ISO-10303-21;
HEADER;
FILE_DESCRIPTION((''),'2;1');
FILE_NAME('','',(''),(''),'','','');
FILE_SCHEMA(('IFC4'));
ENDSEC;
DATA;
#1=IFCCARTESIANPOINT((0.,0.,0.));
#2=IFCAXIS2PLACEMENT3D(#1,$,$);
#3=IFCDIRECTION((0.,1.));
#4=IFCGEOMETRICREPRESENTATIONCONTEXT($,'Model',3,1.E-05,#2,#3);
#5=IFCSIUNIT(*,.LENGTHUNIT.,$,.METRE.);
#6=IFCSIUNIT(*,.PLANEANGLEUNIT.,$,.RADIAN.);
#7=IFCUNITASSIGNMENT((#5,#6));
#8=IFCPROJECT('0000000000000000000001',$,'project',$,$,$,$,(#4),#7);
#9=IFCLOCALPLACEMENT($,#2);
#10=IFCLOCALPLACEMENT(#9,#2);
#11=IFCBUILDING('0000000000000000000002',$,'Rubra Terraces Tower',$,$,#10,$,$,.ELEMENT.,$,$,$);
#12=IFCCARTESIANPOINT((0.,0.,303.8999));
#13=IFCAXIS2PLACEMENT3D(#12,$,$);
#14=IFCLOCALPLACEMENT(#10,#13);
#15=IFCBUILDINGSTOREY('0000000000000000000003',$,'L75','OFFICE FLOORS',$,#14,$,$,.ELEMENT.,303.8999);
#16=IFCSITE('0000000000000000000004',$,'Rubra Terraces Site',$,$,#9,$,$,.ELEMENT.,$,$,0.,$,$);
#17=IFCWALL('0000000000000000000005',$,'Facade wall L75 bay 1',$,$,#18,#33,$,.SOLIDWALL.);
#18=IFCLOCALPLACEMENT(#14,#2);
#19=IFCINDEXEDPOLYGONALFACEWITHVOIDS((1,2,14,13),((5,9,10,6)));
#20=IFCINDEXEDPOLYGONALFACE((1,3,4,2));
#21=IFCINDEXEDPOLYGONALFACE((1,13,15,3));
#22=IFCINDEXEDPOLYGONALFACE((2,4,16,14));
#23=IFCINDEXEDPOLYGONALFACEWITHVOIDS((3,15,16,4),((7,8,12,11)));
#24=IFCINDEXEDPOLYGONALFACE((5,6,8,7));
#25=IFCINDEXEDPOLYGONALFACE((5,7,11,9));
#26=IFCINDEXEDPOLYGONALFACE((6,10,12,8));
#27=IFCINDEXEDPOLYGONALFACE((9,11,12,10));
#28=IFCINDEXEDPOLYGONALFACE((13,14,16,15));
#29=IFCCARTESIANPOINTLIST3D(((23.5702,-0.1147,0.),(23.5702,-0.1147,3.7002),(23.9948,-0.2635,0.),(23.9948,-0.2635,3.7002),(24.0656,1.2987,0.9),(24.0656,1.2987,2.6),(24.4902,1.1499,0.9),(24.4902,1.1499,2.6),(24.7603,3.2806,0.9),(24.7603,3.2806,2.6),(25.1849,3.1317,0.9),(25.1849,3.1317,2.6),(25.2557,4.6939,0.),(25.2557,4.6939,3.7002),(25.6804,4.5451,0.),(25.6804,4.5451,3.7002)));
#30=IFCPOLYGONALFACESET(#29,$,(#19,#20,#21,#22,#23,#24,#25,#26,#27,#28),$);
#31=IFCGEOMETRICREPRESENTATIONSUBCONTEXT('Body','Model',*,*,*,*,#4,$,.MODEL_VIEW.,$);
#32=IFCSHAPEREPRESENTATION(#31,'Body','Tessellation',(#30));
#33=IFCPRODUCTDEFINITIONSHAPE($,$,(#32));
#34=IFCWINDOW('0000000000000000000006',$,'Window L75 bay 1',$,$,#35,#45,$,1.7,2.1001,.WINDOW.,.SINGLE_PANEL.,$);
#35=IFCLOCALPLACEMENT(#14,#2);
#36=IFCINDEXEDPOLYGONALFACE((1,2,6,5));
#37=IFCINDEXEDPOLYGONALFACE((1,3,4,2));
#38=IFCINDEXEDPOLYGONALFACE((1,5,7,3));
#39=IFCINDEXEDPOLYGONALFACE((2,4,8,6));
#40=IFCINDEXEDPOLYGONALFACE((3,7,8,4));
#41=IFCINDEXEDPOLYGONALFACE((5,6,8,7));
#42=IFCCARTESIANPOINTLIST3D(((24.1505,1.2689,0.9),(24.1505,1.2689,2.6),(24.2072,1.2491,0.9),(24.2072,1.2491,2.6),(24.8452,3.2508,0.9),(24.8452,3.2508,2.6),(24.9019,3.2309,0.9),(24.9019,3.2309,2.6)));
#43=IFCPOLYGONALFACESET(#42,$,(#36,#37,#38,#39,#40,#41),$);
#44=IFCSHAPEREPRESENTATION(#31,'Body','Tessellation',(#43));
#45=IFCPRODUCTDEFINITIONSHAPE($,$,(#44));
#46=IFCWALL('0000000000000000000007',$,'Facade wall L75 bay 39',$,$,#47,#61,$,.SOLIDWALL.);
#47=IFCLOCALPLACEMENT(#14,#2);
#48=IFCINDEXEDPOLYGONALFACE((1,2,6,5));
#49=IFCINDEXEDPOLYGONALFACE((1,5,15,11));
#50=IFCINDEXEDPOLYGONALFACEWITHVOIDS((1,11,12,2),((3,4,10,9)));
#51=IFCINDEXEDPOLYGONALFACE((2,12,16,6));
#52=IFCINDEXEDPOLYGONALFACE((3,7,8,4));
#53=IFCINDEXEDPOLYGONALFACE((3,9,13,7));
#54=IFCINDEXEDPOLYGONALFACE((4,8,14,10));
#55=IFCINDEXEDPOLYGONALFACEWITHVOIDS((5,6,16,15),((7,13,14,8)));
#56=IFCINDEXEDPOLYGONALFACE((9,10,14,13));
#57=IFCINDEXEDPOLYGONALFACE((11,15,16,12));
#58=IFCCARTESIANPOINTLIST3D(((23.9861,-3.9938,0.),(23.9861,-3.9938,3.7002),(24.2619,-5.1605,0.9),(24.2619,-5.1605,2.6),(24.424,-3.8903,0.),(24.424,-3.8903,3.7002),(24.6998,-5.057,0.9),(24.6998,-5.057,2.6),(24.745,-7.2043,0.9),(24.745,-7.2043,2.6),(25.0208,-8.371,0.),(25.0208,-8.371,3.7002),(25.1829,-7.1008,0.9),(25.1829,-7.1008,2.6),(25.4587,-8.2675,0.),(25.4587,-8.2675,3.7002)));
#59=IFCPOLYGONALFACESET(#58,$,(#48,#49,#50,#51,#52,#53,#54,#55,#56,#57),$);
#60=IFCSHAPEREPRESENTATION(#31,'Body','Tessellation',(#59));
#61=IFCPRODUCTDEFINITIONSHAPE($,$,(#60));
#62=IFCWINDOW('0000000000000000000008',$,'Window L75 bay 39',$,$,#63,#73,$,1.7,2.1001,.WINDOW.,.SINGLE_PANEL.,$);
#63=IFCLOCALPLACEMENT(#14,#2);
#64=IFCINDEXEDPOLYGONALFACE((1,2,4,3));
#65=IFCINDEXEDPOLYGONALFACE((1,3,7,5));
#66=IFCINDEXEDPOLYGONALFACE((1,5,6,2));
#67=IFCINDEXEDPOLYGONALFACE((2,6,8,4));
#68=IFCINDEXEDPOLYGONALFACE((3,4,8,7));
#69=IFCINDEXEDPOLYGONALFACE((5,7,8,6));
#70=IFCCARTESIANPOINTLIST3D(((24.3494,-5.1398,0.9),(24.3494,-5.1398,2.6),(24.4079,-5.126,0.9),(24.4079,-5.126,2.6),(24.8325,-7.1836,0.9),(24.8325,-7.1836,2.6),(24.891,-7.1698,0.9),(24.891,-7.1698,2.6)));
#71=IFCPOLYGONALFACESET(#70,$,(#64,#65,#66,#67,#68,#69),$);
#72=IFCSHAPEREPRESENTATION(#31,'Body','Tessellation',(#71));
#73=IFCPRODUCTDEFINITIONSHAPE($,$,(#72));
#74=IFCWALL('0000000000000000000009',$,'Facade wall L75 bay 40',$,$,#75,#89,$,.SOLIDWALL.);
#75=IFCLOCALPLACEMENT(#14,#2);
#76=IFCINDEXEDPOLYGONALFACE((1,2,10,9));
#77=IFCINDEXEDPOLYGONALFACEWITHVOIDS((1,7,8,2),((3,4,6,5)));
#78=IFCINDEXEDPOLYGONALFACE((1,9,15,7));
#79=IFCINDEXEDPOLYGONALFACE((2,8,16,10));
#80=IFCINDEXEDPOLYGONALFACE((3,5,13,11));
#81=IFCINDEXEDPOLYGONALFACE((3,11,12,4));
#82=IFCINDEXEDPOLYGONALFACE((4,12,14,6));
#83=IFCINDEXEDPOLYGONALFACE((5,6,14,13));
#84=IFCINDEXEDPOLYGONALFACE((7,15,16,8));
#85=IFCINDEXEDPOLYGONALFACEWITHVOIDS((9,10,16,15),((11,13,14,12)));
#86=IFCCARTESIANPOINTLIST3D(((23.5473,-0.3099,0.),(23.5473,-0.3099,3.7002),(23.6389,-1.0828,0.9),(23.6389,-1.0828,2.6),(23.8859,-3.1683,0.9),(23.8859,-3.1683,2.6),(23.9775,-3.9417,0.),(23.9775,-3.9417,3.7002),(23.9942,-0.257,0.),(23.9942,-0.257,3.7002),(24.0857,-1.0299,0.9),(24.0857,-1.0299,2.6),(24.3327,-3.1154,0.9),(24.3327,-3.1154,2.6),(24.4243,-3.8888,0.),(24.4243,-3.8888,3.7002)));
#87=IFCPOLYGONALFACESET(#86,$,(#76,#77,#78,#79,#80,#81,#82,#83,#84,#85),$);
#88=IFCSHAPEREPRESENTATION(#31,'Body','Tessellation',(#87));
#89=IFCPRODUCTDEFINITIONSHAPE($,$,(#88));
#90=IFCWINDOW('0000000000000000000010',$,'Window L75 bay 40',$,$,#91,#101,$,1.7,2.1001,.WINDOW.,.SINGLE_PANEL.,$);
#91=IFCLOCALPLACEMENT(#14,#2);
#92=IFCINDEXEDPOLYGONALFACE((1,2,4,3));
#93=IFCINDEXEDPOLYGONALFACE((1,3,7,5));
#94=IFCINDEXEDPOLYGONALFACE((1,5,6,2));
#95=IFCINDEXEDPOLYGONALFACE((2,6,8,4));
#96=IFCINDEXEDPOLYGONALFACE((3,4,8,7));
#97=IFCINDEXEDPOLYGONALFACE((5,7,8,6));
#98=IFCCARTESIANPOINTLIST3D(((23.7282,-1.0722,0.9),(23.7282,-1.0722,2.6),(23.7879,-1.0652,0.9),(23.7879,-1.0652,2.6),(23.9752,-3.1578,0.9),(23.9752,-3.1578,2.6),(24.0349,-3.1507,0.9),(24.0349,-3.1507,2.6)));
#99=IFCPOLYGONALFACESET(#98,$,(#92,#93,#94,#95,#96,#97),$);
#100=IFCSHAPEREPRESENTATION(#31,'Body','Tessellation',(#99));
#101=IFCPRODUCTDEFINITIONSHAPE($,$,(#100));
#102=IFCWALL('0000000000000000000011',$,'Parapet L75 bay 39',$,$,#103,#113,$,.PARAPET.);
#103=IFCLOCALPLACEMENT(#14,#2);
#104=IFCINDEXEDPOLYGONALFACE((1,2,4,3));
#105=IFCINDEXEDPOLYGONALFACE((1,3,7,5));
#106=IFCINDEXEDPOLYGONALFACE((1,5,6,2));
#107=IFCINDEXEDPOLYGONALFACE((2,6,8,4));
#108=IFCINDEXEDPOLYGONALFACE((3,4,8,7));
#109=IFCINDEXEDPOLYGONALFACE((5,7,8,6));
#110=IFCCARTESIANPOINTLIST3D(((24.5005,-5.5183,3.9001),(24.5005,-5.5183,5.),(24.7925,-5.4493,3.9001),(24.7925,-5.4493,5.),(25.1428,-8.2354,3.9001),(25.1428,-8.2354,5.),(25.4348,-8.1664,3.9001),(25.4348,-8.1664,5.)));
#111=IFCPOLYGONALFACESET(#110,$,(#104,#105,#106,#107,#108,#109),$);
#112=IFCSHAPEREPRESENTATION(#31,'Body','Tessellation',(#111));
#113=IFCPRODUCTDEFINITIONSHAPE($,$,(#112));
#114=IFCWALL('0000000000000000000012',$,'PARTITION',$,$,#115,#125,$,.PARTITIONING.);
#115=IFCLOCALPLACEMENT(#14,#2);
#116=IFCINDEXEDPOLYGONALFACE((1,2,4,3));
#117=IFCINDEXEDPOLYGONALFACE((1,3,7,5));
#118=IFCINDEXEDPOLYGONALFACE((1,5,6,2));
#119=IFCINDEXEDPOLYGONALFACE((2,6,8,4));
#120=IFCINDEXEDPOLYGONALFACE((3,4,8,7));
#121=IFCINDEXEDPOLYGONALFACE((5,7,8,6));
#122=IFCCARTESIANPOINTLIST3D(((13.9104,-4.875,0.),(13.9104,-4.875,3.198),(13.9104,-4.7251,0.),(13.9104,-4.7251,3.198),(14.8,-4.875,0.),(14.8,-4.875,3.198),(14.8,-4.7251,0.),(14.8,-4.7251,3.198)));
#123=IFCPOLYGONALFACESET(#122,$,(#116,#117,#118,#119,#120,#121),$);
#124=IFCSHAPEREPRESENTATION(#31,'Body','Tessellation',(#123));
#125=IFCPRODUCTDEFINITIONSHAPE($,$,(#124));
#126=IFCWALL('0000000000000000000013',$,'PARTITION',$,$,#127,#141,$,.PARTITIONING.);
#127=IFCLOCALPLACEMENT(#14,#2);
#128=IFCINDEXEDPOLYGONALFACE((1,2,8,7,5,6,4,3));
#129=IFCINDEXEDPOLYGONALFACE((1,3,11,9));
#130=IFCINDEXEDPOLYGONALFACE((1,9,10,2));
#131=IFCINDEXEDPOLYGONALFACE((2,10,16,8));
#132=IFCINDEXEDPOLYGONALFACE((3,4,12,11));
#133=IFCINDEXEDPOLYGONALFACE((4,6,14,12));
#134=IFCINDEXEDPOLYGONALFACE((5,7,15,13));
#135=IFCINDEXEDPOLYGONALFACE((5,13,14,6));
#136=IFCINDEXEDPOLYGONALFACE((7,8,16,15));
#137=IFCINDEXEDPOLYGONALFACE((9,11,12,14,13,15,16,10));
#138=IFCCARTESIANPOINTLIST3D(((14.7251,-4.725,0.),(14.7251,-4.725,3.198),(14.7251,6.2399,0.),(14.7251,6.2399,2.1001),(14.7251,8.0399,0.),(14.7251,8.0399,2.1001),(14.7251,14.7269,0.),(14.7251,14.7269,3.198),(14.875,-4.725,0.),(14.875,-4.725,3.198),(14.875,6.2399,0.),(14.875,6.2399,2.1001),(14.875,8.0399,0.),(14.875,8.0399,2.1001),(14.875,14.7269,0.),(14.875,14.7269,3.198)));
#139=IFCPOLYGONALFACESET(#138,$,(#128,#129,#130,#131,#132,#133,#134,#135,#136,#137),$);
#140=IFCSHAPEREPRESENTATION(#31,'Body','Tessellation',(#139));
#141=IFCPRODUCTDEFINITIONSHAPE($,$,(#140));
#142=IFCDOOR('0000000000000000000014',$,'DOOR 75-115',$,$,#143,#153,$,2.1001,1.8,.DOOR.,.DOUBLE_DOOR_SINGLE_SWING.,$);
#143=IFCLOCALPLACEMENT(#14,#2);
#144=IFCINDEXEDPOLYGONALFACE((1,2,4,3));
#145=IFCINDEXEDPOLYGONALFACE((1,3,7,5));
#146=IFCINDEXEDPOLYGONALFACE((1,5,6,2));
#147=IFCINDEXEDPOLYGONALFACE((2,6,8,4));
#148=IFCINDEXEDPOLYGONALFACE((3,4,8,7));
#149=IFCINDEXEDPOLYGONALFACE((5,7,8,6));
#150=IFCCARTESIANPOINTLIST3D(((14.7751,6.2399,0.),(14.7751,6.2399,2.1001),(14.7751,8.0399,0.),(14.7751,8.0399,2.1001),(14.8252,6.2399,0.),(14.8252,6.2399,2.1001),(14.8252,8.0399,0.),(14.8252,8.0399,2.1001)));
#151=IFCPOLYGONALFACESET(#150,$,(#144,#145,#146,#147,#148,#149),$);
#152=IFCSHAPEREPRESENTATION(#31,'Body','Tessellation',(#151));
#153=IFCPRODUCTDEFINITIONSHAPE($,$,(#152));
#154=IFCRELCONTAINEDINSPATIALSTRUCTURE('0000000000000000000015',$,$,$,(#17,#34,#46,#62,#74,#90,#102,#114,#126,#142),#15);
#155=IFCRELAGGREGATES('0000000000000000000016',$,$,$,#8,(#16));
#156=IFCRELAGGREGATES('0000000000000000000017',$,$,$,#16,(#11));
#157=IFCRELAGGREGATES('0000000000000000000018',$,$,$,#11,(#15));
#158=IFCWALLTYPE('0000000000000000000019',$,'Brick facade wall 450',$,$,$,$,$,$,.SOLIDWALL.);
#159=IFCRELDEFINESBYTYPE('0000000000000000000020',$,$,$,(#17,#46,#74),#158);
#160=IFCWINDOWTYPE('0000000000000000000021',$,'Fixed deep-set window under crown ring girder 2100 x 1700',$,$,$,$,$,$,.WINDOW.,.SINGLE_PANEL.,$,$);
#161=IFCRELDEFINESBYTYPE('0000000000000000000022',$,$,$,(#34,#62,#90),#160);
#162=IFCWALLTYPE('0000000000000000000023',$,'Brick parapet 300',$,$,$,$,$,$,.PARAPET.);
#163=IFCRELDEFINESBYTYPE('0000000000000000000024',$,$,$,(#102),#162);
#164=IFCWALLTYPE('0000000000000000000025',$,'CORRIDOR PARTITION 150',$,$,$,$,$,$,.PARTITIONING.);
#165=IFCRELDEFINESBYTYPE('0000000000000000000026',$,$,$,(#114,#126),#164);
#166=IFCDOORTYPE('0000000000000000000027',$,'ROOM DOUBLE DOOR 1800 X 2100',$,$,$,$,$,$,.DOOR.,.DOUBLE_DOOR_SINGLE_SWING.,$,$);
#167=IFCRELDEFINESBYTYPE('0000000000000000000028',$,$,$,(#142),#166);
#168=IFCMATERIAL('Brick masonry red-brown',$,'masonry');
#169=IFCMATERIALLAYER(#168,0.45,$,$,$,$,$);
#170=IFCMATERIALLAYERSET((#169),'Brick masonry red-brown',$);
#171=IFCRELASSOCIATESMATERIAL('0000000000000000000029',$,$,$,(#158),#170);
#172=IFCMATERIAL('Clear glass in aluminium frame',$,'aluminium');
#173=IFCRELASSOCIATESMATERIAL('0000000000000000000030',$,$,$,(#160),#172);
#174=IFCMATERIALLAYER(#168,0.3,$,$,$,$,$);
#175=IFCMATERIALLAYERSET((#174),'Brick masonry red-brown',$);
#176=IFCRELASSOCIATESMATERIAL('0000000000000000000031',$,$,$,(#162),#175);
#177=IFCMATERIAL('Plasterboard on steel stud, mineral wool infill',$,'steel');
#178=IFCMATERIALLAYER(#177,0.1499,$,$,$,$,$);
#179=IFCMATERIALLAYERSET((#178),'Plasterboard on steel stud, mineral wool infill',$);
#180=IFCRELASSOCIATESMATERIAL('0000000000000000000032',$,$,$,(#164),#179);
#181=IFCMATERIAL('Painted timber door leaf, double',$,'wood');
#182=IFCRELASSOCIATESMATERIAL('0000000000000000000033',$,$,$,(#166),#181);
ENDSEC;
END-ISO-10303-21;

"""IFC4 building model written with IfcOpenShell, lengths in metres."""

from ifc_helpers import new_model, si_unit, direction, frame, frame_2d, origin, place, context, subcontext, project, spatial, rectangle, extrude, material, layer, layer_set, type_object, element, fill, save


model = new_model("IFC4")

# Units and contexts
model_context = context("Model", 3, precision=1e-05, world=origin(), true_north=direction((0.0, 1.0)))
body_context = subcontext(model_context, "Body", "Model", "MODEL_VIEW")
ifc_project = project(units=[si_unit("LENGTHUNIT", "METRE"), si_unit("PLANEANGLEUNIT", "RADIAN")], contexts=[model_context])

# Site, building, storey
site_placement = place(None, origin())
site = spatial("IfcSite", under=ifc_project, at=site_placement, Name="Rubra Terraces Site", CompositionType="ELEMENT", RefElevation=0.0)
building_placement = place(site_placement, origin())
building = spatial("IfcBuilding", under=site, at=building_placement, Name="Rubra Terraces Tower", CompositionType="ELEMENT")
storey_placement = place(building_placement, frame((0.0, 0.0, 303.8999)))
storey = spatial("IfcBuildingStorey", under=building, at=storey_placement, Name="L75", Description="OFFICE FLOORS", CompositionType="ELEMENT", Elevation=303.8999)

# Walls, openings, windows
ifc_material_1 = material(Name="Brick masonry red-brown", Category="masonry")
ifc_layer_1 = layer(ifc_material_1, 0.45)
ifc_layer_set_1 = layer_set([ifc_layer_1], Name="Brick masonry red-brown")
wall_type_1 = type_object("IfcWallType", Name="Brick facade wall 450", PredefinedType="SOLIDWALL", material=ifc_layer_set_1)
wall_1_placement = place(storey_placement, frame((23.7825, -0.1892, 0.0), z_axis=(0.0, 0.0, 1.0), x_axis=(0.330794, 0.943703, 0.0)))
wall_1 = element("IfcWall", 1, at=wall_1_placement, inside=storey, type_object=wall_type_1, Name="Facade wall L75 bay 1", PredefinedType="SOLIDWALL", context=body_context, shape_type="SweptSolid", body=[
    extrude(rectangle(XDim=5.0955, YDim=0.45, at=frame_2d((2.5479, 0.0))), origin(), (0.0, 0.0, 1.0), 3.7002),
])
opening_1_placement = place(wall_1_placement, frame((1.4978, 0.0, 0.8999)))
opening_1 = element("IfcOpeningElement", 2, at=opening_1_placement, cuts=wall_1, PredefinedType="OPENING", context=body_context, shape_type="SweptSolid", body=[
    extrude(rectangle(XDim=2.1001, YDim=1.7, at=frame_2d((1.05, 0.8501))), frame((0.0, 0.2349, 0.0), z_axis=(0.0, -1.0, 0.0), x_axis=(1.0, 0.0, 0.0)), (0.0, 0.0, 1.0), 0.47),
])
ifc_material_2 = material(Name="Clear glass in aluminium frame", Category="aluminium")
window_type = type_object("IfcWindowType", Name="Fixed deep-set window under crown ring girder 2100 x 1700", PartitioningType="SINGLE_PANEL", PredefinedType="WINDOW", material=ifc_material_2)
window_1_placement = place(opening_1_placement, origin())
window_1 = element("IfcWindow", 3, at=window_1_placement, inside=storey, type_object=window_type, Name="Window L75 bay 1", OverallHeight=1.7, OverallWidth=2.1001, PartitioningType="SINGLE_PANEL", PredefinedType="WINDOW", context=body_context, shape_type="SweptSolid", body=[
    extrude(rectangle(XDim=2.1001, YDim=1.7, at=frame_2d((1.05, 0.8501))), frame((0.0, 0.135, 0.0), z_axis=(0.0, -1.0, 0.0), x_axis=(1.0, 0.0, 0.0)), (0.0, 0.0, 1.0), 0.0601),
])
fill(opening_1, window_1)
wall_2_placement = place(storey_placement, frame((25.2397, -8.3193, 0.0), z_axis=(0.0, 0.0, 1.0), x_axis=(-0.230038, 0.973182, 0.0)))
wall_2 = element("IfcWall", 4, at=wall_2_placement, inside=storey, type_object=wall_type_1, Name="Facade wall L75 bay 39", PredefinedType="SOLIDWALL", context=body_context, shape_type="SweptSolid", body=[
    extrude(rectangle(XDim=4.4978, YDim=0.45, at=frame_2d((2.249, 0.0))), origin(), (0.0, 0.0, 1.0), 3.7002),
])
opening_2_placement = place(wall_2_placement, frame((1.199, 0.0, 0.8999)))
opening_2 = element("IfcOpeningElement", 5, at=opening_2_placement, cuts=wall_2, PredefinedType="OPENING", context=body_context, shape_type="SweptSolid", body=[
    extrude(rectangle(XDim=2.1001, YDim=1.7, at=frame_2d((1.05, 0.8501))), frame((0.0, 0.2349, 0.0), z_axis=(0.0, -1.0, 0.0), x_axis=(1.0, 0.0, 0.0)), (0.0, 0.0, 1.0), 0.47),
])
window_2_placement = place(opening_2_placement, origin())
window_2 = element("IfcWindow", 6, at=window_2_placement, inside=storey, type_object=window_type, Name="Window L75 bay 39", OverallHeight=1.7, OverallWidth=2.1001, PartitioningType="SINGLE_PANEL", PredefinedType="WINDOW", context=body_context, shape_type="SweptSolid", body=[
    extrude(rectangle(XDim=2.1001, YDim=1.7, at=frame_2d((1.05, 0.8501))), frame((0.0, 0.135, 0.0), z_axis=(0.0, -1.0, 0.0), x_axis=(1.0, 0.0, 0.0)), (0.0, 0.0, 1.0), 0.0601),
])
fill(opening_2, window_2)
wall_3_placement = place(storey_placement, frame((24.2009, -3.9153, 0.0), z_axis=(0.0, 0.0, 1.0), x_axis=(-0.117624, 0.993058, 0.0)))
wall_3 = element("IfcWall", 7, at=wall_3_placement, inside=storey, type_object=wall_type_1, Name="Facade wall L75 bay 40", PredefinedType="SOLIDWALL", context=body_context, shape_type="SweptSolid", body=[
    extrude(rectangle(XDim=3.6572, YDim=0.45, at=frame_2d((1.8286, 0.0))), origin(), (0.0, 0.0, 1.0), 3.7002),
])
opening_3_placement = place(wall_3_placement, frame((0.7788, 0.0, 0.8999)))
opening_3 = element("IfcOpeningElement", 8, at=opening_3_placement, cuts=wall_3, PredefinedType="OPENING", context=body_context, shape_type="SweptSolid", body=[
    extrude(rectangle(XDim=2.1001, YDim=1.7, at=frame_2d((1.05, 0.8501))), frame((0.0, 0.2349, 0.0), z_axis=(0.0, -1.0, 0.0), x_axis=(1.0, 0.0, 0.0)), (0.0, 0.0, 1.0), 0.47),
])
window_3_placement = place(opening_3_placement, origin())
window_3 = element("IfcWindow", 9, at=window_3_placement, inside=storey, type_object=window_type, Name="Window L75 bay 40", OverallHeight=1.7, OverallWidth=2.1001, PartitioningType="SINGLE_PANEL", PredefinedType="WINDOW", context=body_context, shape_type="SweptSolid", body=[
    extrude(rectangle(XDim=2.1001, YDim=1.7, at=frame_2d((1.05, 0.8501))), frame((0.0, 0.135, 0.0), z_axis=(0.0, -1.0, 0.0), x_axis=(1.0, 0.0, 0.0)), (0.0, 0.0, 1.0), 0.0601),
])
fill(opening_3, window_3)

# Walls
ifc_layer_2 = layer(ifc_material_1, 0.3)
ifc_layer_set_2 = layer_set([ifc_layer_2], Name="Brick masonry red-brown")
wall_type_2 = type_object("IfcWallType", Name="Brick parapet 300", PredefinedType="PARAPET", material=ifc_layer_set_2)
wall_4_placement = place(storey_placement, frame((25.2888, -8.2009, 3.9001), z_axis=(0.0, 0.0, 1.0), x_axis=(-0.230068, 0.973175, 0.0)))
element("IfcWall", 10, at=wall_4_placement, inside=storey, type_object=wall_type_2, Name="Parapet L75 bay 39", PredefinedType="PARAPET", context=body_context, shape_type="SweptSolid", body=[
    extrude(rectangle(XDim=2.792, YDim=0.3, at=frame_2d((1.396, 0.0))), origin(), (0.0, 0.0, 1.0), 1.0999),
])
ifc_material_3 = material(Name="Plasterboard on steel stud, mineral wool infill", Category="steel")
ifc_layer_3 = layer(ifc_material_3, 0.1499)
ifc_layer_set_3 = layer_set([ifc_layer_3], Name="Plasterboard on steel stud, mineral wool infill")
wall_type_3 = type_object("IfcWallType", Name="CORRIDOR PARTITION 150", PredefinedType="PARTITIONING", material=ifc_layer_set_3)
wall_5_placement = place(storey_placement, frame((13.9104, -4.8, 0.0), z_axis=(0.0, 0.0, 1.0), x_axis=(1.0, 0.0, 0.0)))
element("IfcWall", 11, at=wall_5_placement, inside=storey, type_object=wall_type_3, Name="PARTITION", PredefinedType="PARTITIONING", context=body_context, shape_type="SweptSolid", body=[
    extrude(rectangle(XDim=0.8896, YDim=0.1499, at=frame_2d((0.4448, 0.0))), origin(), (0.0, 0.0, 1.0), 3.198),
])

# Wall, opening, door
wall_6_placement = place(storey_placement, frame((14.8, -4.7251, 0.0), z_axis=(0.0, 0.0, 1.0), x_axis=(0.0, 1.0, 0.0)))
wall_6 = element("IfcWall", 12, at=wall_6_placement, inside=storey, type_object=wall_type_3, Name="PARTITION", PredefinedType="PARTITIONING", context=body_context, shape_type="SweptSolid", body=[
    extrude(rectangle(XDim=19.4519, YDim=0.1499, at=frame_2d((9.7261, 0.0))), origin(), (0.0, 0.0, 1.0), 3.198),
])
opening_4_placement = place(wall_6_placement, frame((10.9651, 0.0, 0.0)))
opening_4 = element("IfcOpeningElement", 13, at=opening_4_placement, cuts=wall_6, PredefinedType="OPENING", context=body_context, shape_type="SweptSolid", body=[
    extrude(rectangle(XDim=1.8, YDim=2.1001, at=frame_2d((0.8999, 1.05))), frame((0.0, 0.085, 0.0), z_axis=(0.0, -1.0, 0.0), x_axis=(1.0, 0.0, 0.0)), (0.0, 0.0, 1.0), 0.1699),
])
ifc_material_4 = material(Name="Painted timber door leaf, double", Category="wood")
door_type_1 = type_object("IfcDoorType", Name="ROOM DOUBLE DOOR 1800 X 2100", OperationType="DOUBLE_DOOR_SINGLE_SWING", PredefinedType="DOOR", material=ifc_material_4)
door_1_placement = place(opening_4_placement, origin())
door_1 = element("IfcDoor", 14, at=door_1_placement, inside=storey, type_object=door_type_1, Name="DOOR 75-115", OperationType="DOUBLE_DOOR_SINGLE_SWING", OverallHeight=2.1001, OverallWidth=1.8, PredefinedType="DOOR", context=body_context, shape_type="SweptSolid", body=[
    extrude(rectangle(XDim=1.8, YDim=2.1001, at=frame_2d((0.8999, 1.05))), frame((0.0, 0.0249, 0.0), z_axis=(0.0, -1.0, 0.0), x_axis=(1.0, 0.0, 0.0)), (0.0, 0.0, 1.0), 0.05),
])
fill(opening_4, door_1)

save(model, "model.ifc")
